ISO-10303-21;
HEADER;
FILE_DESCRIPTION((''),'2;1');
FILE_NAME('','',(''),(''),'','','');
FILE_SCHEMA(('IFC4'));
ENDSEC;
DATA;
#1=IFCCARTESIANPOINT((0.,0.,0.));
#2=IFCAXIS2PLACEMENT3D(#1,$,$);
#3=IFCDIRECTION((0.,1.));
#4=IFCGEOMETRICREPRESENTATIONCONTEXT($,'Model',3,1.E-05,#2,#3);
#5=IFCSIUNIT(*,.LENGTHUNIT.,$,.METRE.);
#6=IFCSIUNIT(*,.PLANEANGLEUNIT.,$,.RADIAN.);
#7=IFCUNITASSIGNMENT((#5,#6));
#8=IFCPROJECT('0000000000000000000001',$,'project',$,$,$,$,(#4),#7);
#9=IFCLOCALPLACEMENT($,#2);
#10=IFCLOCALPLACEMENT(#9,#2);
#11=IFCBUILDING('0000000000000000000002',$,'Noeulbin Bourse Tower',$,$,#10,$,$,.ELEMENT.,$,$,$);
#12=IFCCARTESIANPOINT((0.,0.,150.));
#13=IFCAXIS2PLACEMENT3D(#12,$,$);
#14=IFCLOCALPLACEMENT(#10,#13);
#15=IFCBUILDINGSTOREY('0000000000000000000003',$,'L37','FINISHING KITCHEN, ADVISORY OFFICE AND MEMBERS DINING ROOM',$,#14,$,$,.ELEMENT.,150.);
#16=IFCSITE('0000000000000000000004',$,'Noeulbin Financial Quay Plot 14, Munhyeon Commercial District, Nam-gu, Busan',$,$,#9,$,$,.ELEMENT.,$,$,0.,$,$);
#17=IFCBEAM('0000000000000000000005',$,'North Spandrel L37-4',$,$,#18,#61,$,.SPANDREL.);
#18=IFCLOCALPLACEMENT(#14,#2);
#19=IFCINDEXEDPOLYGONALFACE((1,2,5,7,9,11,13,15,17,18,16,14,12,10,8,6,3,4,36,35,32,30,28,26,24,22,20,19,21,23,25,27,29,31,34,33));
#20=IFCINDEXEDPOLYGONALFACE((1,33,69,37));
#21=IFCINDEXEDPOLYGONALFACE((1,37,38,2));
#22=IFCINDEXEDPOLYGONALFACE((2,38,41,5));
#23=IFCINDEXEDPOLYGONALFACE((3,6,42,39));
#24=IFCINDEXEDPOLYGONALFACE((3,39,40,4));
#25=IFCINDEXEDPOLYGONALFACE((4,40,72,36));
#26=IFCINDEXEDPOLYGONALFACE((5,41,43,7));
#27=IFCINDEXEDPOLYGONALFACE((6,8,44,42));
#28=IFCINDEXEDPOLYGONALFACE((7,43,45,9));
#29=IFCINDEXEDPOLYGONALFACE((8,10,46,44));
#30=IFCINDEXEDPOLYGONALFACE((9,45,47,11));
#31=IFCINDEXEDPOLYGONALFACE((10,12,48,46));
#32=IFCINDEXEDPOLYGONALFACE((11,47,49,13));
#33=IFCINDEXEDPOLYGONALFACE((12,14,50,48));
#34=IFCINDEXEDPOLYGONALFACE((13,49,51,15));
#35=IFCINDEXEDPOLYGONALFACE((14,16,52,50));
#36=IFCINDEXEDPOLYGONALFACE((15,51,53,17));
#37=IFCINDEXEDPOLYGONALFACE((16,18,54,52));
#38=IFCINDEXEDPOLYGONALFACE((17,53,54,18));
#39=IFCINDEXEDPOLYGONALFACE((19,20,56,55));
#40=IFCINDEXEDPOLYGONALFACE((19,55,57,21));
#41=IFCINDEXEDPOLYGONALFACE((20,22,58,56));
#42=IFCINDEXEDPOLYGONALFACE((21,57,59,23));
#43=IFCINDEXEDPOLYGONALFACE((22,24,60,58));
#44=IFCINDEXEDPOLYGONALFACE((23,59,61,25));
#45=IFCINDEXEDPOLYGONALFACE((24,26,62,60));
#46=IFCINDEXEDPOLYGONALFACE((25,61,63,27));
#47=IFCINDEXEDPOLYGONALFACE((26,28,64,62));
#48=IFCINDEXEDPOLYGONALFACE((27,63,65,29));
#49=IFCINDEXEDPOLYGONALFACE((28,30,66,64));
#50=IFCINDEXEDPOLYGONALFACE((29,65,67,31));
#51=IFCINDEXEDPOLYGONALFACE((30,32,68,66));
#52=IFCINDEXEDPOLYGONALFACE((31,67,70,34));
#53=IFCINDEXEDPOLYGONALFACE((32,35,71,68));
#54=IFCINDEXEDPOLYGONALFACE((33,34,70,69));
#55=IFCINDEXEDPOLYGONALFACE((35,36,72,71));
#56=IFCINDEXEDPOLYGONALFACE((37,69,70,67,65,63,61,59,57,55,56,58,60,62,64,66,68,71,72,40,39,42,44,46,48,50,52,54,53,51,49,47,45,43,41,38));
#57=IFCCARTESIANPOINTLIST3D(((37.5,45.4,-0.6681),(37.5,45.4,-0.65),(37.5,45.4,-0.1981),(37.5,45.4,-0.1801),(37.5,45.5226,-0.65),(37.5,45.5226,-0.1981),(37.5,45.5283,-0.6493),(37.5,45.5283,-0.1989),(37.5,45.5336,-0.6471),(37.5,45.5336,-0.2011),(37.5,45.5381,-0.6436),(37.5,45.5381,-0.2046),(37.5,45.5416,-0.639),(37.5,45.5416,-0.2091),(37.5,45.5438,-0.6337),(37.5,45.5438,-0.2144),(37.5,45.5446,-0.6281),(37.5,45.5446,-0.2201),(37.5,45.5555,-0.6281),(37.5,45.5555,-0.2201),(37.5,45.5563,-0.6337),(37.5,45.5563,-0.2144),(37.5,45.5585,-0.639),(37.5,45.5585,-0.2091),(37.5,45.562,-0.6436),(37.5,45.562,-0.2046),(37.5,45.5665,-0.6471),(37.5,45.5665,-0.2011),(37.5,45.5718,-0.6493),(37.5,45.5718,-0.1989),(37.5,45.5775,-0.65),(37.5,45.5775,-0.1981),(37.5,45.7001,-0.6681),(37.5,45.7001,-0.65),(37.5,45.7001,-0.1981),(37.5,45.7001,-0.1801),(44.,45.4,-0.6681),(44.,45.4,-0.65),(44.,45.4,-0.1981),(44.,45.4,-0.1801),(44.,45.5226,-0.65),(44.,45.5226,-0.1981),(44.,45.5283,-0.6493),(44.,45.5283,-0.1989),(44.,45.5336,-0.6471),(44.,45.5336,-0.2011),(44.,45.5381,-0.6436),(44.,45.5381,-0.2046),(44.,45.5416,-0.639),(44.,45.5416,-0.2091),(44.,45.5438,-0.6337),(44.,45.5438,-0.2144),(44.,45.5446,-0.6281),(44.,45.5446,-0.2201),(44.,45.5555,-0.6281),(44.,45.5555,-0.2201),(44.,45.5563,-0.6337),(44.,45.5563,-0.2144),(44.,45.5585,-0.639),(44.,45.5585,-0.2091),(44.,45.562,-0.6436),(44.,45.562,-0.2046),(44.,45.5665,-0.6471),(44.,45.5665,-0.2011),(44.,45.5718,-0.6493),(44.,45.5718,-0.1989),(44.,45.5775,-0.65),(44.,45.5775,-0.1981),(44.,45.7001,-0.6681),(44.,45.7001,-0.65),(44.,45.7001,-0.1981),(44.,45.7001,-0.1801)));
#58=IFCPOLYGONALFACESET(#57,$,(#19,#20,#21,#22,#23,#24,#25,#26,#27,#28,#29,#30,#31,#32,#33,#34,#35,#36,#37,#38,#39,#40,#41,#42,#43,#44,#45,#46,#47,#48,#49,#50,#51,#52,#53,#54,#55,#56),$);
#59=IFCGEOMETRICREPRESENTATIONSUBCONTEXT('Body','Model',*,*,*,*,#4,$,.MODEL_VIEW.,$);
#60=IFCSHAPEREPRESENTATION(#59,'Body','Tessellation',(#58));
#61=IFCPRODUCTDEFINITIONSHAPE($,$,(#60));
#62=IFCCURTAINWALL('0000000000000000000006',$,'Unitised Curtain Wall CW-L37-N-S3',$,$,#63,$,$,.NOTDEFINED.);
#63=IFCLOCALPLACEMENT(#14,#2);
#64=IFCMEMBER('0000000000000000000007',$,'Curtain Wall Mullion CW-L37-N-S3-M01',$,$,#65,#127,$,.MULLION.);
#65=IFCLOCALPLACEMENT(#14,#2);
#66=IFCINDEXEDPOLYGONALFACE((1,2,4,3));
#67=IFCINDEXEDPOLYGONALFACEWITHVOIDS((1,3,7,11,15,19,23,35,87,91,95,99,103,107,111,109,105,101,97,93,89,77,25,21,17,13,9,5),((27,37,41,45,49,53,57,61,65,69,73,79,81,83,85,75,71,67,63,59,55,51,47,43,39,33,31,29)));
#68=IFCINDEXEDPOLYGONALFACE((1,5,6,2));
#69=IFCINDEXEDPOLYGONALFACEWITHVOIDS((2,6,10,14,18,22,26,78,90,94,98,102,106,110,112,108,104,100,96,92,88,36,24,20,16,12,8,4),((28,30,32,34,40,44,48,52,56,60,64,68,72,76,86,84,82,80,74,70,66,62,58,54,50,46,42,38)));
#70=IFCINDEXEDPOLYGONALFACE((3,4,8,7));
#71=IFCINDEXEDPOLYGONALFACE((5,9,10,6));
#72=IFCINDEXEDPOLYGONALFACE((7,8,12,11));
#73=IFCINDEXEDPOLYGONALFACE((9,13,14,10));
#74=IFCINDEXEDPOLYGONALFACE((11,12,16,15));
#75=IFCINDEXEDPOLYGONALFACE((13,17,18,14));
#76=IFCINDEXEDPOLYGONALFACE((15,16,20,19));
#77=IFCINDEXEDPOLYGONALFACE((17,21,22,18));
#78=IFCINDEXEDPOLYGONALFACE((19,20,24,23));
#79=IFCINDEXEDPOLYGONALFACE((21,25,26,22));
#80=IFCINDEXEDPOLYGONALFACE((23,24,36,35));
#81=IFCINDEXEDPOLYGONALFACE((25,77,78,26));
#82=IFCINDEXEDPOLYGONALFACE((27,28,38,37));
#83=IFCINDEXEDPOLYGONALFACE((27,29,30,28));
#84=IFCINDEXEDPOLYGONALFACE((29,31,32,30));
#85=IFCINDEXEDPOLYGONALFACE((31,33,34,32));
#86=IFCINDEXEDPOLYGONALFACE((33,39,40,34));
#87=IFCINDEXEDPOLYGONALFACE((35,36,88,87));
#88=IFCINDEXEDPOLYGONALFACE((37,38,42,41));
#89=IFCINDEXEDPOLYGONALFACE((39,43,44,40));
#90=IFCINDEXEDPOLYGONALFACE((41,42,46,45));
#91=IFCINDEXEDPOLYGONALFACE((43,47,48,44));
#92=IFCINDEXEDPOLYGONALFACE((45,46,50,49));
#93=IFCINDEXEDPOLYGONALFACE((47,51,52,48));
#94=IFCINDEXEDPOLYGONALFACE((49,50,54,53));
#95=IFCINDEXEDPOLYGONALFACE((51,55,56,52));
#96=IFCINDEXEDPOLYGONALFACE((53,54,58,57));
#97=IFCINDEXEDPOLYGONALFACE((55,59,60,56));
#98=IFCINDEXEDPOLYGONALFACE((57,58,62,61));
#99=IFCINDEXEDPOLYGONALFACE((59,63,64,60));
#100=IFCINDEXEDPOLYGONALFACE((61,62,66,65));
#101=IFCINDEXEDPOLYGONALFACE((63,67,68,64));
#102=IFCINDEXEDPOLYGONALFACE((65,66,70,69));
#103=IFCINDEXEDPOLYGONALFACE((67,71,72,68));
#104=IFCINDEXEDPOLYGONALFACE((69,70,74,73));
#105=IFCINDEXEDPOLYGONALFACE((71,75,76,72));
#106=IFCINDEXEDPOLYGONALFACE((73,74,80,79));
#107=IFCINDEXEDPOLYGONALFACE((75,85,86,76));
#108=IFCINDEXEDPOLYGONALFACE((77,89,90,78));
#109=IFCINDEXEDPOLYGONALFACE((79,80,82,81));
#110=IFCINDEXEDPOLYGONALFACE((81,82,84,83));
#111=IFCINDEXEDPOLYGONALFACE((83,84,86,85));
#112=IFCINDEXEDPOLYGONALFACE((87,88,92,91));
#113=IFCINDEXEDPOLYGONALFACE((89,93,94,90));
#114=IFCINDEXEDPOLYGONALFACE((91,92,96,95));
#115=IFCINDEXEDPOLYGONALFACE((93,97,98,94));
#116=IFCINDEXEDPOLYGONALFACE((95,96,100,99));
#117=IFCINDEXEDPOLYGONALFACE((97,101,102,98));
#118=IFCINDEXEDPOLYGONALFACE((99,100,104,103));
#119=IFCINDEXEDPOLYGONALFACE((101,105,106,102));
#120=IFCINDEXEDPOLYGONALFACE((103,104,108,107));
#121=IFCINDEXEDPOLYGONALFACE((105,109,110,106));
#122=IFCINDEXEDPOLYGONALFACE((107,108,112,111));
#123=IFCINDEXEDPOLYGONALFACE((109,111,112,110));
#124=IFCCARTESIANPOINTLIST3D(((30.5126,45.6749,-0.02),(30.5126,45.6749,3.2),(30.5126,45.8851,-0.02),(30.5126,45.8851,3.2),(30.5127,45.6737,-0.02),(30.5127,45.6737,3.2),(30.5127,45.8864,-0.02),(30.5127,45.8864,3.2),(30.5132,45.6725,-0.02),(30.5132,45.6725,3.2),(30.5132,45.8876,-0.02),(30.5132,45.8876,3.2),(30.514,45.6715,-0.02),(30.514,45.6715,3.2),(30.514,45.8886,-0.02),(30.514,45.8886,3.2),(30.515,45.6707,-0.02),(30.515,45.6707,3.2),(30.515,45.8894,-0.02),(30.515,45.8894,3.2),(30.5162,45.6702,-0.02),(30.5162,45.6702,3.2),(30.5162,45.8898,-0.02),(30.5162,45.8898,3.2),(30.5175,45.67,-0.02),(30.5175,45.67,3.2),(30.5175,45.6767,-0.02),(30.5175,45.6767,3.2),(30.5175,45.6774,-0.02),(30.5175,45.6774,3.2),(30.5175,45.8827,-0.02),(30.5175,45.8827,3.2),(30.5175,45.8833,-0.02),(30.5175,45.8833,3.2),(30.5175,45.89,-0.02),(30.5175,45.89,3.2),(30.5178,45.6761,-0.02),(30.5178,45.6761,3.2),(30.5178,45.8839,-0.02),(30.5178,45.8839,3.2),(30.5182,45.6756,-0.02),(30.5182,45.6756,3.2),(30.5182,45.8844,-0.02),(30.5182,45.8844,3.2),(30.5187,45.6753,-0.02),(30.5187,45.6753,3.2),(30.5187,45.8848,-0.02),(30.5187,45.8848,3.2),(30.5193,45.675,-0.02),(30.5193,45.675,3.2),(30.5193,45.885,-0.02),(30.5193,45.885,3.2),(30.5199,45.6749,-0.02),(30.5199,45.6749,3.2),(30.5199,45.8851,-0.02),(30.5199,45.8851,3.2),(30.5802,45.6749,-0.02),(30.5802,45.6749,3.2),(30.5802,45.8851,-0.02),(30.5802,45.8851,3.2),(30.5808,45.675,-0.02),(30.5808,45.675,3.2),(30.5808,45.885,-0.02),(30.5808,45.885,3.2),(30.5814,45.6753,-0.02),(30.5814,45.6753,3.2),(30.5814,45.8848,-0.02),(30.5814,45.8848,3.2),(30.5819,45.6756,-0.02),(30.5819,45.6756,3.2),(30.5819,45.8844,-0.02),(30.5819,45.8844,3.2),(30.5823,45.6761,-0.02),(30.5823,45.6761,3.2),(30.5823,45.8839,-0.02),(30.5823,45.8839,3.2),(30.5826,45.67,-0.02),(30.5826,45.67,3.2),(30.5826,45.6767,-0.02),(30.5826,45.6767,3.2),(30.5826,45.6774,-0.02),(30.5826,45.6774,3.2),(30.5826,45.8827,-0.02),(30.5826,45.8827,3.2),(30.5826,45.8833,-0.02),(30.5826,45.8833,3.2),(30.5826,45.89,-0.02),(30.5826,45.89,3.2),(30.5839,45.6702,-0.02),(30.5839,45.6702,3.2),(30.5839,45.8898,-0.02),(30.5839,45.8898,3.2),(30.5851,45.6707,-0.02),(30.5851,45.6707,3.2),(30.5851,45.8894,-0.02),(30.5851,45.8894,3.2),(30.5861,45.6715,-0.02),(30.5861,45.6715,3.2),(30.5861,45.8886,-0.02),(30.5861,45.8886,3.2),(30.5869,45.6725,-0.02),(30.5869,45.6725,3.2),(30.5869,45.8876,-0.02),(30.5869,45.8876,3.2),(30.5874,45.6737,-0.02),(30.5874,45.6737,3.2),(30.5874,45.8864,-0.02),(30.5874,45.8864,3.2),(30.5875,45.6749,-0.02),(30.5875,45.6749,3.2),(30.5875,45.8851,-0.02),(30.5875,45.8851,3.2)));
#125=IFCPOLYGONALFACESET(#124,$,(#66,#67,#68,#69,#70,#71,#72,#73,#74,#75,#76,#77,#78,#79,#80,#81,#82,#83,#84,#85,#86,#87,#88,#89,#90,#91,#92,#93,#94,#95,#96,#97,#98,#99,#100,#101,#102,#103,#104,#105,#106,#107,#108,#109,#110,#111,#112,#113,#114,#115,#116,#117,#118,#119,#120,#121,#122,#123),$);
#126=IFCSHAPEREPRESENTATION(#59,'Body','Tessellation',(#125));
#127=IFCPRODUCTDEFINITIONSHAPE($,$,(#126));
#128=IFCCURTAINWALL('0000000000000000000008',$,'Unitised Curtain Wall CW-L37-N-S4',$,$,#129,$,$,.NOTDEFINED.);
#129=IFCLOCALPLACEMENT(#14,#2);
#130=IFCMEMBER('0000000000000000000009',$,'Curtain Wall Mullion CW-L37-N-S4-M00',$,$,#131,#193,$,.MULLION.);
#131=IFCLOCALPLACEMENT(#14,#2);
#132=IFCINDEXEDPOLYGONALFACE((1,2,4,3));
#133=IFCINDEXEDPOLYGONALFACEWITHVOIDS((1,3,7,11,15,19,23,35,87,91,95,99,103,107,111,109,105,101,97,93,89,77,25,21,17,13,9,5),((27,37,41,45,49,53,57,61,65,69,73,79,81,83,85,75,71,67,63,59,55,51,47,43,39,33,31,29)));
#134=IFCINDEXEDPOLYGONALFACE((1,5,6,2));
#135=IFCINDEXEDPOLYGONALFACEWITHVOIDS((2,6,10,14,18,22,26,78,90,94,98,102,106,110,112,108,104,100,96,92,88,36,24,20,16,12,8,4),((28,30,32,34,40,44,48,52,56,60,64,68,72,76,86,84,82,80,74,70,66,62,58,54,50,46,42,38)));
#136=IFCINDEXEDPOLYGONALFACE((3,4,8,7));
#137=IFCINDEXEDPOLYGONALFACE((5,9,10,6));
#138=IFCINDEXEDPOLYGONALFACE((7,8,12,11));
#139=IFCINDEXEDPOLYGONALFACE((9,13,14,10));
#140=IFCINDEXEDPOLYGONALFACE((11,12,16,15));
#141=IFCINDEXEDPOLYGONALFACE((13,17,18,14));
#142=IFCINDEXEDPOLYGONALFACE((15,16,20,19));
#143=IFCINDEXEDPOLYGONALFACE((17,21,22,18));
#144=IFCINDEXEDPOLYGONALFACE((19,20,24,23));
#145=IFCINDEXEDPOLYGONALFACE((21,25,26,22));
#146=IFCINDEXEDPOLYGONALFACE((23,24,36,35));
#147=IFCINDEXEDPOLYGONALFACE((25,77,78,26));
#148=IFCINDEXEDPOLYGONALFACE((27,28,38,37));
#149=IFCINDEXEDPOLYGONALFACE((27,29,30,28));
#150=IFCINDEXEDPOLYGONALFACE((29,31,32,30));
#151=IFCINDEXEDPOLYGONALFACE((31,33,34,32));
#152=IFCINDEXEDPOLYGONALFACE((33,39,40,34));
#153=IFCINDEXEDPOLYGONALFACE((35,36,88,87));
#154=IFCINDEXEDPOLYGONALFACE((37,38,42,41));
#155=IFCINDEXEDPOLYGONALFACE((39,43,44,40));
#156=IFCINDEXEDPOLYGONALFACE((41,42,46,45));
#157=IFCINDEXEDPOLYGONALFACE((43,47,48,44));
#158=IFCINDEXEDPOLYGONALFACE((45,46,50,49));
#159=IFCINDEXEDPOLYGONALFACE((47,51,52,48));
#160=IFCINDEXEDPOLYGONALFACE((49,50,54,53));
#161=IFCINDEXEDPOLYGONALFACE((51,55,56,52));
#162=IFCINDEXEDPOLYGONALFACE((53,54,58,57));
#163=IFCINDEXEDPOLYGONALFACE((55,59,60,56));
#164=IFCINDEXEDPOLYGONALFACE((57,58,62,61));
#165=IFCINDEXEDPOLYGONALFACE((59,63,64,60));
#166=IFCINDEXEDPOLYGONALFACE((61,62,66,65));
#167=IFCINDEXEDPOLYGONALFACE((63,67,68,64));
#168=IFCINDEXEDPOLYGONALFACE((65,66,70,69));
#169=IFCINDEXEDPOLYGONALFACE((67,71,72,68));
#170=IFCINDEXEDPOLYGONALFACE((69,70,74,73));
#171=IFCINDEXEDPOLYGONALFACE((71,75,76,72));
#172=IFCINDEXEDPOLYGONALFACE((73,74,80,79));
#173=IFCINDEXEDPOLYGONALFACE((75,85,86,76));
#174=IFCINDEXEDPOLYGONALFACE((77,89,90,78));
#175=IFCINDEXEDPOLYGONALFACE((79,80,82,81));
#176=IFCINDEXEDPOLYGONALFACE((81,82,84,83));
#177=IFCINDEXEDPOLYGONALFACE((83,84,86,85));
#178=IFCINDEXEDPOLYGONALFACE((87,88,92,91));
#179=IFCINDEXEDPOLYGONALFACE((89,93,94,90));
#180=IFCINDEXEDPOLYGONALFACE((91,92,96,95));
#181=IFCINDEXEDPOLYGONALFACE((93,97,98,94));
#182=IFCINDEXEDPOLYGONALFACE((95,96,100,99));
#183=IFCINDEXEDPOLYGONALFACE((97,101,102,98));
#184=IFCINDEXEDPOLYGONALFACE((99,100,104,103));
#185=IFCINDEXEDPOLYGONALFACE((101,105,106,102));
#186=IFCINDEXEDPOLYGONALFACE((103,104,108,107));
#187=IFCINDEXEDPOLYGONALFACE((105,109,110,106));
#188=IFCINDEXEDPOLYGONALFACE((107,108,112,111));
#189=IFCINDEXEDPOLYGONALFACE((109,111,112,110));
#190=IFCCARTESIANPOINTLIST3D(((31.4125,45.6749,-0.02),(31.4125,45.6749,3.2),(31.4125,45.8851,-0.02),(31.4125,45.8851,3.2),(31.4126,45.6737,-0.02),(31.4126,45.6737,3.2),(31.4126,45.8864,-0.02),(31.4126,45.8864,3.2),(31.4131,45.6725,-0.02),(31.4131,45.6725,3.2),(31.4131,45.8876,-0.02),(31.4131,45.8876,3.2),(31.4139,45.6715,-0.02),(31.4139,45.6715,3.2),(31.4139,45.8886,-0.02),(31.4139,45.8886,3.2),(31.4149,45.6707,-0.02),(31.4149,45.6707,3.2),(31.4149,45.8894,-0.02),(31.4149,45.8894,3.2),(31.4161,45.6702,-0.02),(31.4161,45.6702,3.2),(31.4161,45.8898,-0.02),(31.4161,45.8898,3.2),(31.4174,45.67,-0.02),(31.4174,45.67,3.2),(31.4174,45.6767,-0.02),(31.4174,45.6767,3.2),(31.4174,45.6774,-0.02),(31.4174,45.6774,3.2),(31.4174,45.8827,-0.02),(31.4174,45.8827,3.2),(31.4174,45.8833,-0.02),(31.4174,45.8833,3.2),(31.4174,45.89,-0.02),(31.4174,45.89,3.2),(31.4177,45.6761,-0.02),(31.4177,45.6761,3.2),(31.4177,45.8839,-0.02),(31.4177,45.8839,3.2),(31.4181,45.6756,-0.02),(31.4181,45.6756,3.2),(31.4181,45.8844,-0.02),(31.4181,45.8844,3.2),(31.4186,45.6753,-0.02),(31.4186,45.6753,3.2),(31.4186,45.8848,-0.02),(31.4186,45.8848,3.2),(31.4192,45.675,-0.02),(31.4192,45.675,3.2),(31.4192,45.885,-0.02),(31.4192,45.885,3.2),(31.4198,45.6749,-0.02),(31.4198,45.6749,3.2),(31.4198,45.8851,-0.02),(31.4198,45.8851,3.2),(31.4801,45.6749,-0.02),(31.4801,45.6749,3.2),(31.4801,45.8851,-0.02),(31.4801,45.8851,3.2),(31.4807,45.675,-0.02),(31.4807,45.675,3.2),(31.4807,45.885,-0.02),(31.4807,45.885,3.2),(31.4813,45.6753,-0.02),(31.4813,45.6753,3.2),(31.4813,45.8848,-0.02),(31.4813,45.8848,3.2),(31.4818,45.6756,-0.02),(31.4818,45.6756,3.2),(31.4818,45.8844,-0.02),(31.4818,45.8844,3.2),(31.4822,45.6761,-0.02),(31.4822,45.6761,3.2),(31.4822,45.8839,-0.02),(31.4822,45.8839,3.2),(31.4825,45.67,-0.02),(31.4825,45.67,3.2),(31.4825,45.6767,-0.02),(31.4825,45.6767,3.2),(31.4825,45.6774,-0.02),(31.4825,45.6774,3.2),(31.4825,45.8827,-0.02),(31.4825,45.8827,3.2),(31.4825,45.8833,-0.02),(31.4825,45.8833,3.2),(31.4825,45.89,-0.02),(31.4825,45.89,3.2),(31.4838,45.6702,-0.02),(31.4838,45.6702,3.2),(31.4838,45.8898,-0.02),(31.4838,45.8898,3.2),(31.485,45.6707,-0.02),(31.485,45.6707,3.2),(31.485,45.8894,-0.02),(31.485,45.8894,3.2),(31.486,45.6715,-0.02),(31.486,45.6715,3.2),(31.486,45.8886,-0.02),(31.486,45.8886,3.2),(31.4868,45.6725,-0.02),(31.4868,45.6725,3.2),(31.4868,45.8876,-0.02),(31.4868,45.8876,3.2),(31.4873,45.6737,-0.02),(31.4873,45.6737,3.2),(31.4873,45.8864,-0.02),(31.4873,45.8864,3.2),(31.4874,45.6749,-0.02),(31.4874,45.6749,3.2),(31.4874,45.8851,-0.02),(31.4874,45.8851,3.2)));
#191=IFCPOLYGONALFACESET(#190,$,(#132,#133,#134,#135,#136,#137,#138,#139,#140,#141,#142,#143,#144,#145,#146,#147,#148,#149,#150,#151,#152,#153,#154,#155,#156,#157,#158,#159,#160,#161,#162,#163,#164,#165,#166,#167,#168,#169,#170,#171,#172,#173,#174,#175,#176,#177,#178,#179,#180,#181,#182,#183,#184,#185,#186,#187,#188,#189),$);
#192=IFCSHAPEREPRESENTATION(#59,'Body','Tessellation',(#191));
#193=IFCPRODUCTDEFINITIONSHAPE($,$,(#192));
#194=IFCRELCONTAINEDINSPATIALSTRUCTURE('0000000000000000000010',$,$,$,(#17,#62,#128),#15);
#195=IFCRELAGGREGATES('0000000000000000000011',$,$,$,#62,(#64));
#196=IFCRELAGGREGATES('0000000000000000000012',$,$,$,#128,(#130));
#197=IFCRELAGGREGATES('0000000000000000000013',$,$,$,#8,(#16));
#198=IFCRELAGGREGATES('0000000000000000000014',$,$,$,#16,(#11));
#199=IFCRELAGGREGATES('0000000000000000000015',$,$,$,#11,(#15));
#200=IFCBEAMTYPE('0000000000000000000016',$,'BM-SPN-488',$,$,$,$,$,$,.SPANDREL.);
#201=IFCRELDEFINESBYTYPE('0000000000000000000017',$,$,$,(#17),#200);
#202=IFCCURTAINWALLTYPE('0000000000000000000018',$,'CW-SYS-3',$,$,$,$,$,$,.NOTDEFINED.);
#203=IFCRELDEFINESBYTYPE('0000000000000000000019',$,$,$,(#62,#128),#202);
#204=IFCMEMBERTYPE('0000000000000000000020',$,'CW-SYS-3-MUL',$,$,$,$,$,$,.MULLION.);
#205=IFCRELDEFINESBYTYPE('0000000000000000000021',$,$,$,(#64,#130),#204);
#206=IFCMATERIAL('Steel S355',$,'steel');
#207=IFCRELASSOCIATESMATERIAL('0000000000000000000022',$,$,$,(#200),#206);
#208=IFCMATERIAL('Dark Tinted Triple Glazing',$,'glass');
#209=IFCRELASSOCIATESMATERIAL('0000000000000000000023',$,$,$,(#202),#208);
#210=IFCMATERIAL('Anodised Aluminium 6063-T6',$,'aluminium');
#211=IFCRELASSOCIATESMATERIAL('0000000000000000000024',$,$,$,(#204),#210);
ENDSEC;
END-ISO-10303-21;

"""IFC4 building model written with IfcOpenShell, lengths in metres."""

from ifc_helpers import new_model, si_unit, direction, frame, origin, origin_2d, place, context, subcontext, project, spatial, hollow_rectangle, i_section, extrude, material, material_profile, profile_set, type_object, element, aggregate, save


model = new_model("IFC4")

# Units and contexts
model_context = context("Model", 3, precision=1e-05, world=origin(), true_north=direction((0.0, 1.0)))
body_context = subcontext(model_context, "Body", "Model", "MODEL_VIEW")
ifc_project = project(units=[si_unit("LENGTHUNIT", "METRE"), si_unit("PLANEANGLEUNIT", "RADIAN")], contexts=[model_context])

# Site, building, storey
site_placement = place(None, origin())
site = spatial("IfcSite", under=ifc_project, at=site_placement, Name="Noeulbin Financial Quay Plot 14, Munhyeon Commercial District, Nam-gu, Busan", CompositionType="ELEMENT", RefElevation=0.0)
building_placement = place(site_placement, origin())
building = spatial("IfcBuilding", under=site, at=building_placement, Name="Noeulbin Bourse Tower", CompositionType="ELEMENT")
storey_placement = place(building_placement, frame((0.0, 0.0, 150.0)))
storey = spatial("IfcBuildingStorey", under=building, at=storey_placement, Name="L37", Description="FINISHING KITCHEN, ADVISORY OFFICE AND MEMBERS DINING ROOM", CompositionType="ELEMENT", Elevation=150.0)

# Shared definitions
ifc_material_1 = material(Name="Steel S355", Category="steel")

# Beam
ifc_material_profile_1 = material_profile(ifc_material_1, i_section(OverallWidth=0.3, OverallDepth=0.488, WebThickness=0.011, FlangeThickness=0.0181, FilletRadius=0.022, at=origin_2d()), Name="H-488x300x11x18", Category="LoadBearing")
ifc_profile_set_1 = profile_set([ifc_material_profile_1], Name="Steel S355")
beam_type_1 = type_object("IfcBeamType", Name="BM-SPN-488", PredefinedType="SPANDREL", material=ifc_profile_set_1)
for number, where, z_axis, x_axis, name in (
    (1, (37.5, 45.55, -0.4241), (1.0, 0.0, 0.0), (0.0, 1.0, 0.0), "North Spandrel L37-4"),
):
    element("IfcBeam", number, at=place(storey_placement, frame(where, z_axis=z_axis, x_axis=x_axis)), inside=storey, type_object=beam_type_1, Name=name, PredefinedType="SPANDREL", context=body_context, shape_type="SweptSolid", body=[
        extrude(i_section(OverallWidth=0.3, OverallDepth=0.488, WebThickness=0.011, FlangeThickness=0.0181, FilletRadius=0.022, at=origin_2d()), origin(), (0.0, 0.0, 1.0), 6.5),
    ])

# Curtain wall, member
ifc_material_2 = material(Name="Dark Tinted Triple Glazing", Category="glass")
curtain_wall_type = type_object("IfcCurtainWallType", Name="CW-SYS-3", PredefinedType="NOTDEFINED", material=ifc_material_2)
curtain_wall_1_placement = place(storey_placement, origin())
curtain_wall_1 = element("IfcCurtainWall", 2, at=curtain_wall_1_placement, inside=storey, type_object=curtain_wall_type, Name="Unitised Curtain Wall CW-L37-N-S3", PredefinedType="NOTDEFINED")
ifc_material_3 = material(Name="Anodised Aluminium 6063-T6", Category="aluminium")
ifc_material_profile_2 = material_profile(ifc_material_3, hollow_rectangle(XDim=0.075, YDim=0.22, WallThickness=0.0049, InnerFilletRadius=0.0024, OuterFilletRadius=0.0049, at=origin_2d()), Name="ALU-MULL-75x220x5", Category="LoadBearing")
ifc_profile_set_2 = profile_set([ifc_material_profile_2], Name="Anodised Aluminium 6063-T6")
member_type_1 = type_object("IfcMemberType", Name="CW-SYS-3-MUL", PredefinedType="MULLION", material=ifc_profile_set_2)
member_1_placement = place(storey_placement, frame((30.55, 45.78, -0.02), z_axis=(0.0, 0.0, 1.0), x_axis=(1.0, 0.0, 0.0)))
member_1 = element("IfcMember", 3, at=member_1_placement, type_object=member_type_1, Name="Curtain Wall Mullion CW-L37-N-S3-M01", PredefinedType="MULLION", context=body_context, shape_type="SweptSolid", body=[
    extrude(hollow_rectangle(XDim=0.075, YDim=0.22, WallThickness=0.0049, InnerFilletRadius=0.0024, OuterFilletRadius=0.0049, at=origin_2d()), origin(), (0.0, 0.0, 1.0), 3.22),
])
aggregate(curtain_wall_1, [member_1])

# Curtain wall, member
curtain_wall_2_placement = place(storey_placement, origin())
curtain_wall_2 = element("IfcCurtainWall", 4, at=curtain_wall_2_placement, inside=storey, type_object=curtain_wall_type, Name="Unitised Curtain Wall CW-L37-N-S4", PredefinedType="NOTDEFINED")
member_2_placement = place(storey_placement, frame((31.45, 45.78, -0.02), z_axis=(0.0, 0.0, 1.0), x_axis=(1.0, 0.0, 0.0)))
member_2 = element("IfcMember", 5, at=member_2_placement, type_object=member_type_1, Name="Curtain Wall Mullion CW-L37-N-S4-M00", PredefinedType="MULLION", context=body_context, shape_type="SweptSolid", body=[
    extrude(hollow_rectangle(XDim=0.075, YDim=0.22, WallThickness=0.0049, InnerFilletRadius=0.0024, OuterFilletRadius=0.0049, at=origin_2d()), origin(), (0.0, 0.0, 1.0), 3.22),
])

aggregate(curtain_wall_2, [member_2])

save(model, "model.ifc")
